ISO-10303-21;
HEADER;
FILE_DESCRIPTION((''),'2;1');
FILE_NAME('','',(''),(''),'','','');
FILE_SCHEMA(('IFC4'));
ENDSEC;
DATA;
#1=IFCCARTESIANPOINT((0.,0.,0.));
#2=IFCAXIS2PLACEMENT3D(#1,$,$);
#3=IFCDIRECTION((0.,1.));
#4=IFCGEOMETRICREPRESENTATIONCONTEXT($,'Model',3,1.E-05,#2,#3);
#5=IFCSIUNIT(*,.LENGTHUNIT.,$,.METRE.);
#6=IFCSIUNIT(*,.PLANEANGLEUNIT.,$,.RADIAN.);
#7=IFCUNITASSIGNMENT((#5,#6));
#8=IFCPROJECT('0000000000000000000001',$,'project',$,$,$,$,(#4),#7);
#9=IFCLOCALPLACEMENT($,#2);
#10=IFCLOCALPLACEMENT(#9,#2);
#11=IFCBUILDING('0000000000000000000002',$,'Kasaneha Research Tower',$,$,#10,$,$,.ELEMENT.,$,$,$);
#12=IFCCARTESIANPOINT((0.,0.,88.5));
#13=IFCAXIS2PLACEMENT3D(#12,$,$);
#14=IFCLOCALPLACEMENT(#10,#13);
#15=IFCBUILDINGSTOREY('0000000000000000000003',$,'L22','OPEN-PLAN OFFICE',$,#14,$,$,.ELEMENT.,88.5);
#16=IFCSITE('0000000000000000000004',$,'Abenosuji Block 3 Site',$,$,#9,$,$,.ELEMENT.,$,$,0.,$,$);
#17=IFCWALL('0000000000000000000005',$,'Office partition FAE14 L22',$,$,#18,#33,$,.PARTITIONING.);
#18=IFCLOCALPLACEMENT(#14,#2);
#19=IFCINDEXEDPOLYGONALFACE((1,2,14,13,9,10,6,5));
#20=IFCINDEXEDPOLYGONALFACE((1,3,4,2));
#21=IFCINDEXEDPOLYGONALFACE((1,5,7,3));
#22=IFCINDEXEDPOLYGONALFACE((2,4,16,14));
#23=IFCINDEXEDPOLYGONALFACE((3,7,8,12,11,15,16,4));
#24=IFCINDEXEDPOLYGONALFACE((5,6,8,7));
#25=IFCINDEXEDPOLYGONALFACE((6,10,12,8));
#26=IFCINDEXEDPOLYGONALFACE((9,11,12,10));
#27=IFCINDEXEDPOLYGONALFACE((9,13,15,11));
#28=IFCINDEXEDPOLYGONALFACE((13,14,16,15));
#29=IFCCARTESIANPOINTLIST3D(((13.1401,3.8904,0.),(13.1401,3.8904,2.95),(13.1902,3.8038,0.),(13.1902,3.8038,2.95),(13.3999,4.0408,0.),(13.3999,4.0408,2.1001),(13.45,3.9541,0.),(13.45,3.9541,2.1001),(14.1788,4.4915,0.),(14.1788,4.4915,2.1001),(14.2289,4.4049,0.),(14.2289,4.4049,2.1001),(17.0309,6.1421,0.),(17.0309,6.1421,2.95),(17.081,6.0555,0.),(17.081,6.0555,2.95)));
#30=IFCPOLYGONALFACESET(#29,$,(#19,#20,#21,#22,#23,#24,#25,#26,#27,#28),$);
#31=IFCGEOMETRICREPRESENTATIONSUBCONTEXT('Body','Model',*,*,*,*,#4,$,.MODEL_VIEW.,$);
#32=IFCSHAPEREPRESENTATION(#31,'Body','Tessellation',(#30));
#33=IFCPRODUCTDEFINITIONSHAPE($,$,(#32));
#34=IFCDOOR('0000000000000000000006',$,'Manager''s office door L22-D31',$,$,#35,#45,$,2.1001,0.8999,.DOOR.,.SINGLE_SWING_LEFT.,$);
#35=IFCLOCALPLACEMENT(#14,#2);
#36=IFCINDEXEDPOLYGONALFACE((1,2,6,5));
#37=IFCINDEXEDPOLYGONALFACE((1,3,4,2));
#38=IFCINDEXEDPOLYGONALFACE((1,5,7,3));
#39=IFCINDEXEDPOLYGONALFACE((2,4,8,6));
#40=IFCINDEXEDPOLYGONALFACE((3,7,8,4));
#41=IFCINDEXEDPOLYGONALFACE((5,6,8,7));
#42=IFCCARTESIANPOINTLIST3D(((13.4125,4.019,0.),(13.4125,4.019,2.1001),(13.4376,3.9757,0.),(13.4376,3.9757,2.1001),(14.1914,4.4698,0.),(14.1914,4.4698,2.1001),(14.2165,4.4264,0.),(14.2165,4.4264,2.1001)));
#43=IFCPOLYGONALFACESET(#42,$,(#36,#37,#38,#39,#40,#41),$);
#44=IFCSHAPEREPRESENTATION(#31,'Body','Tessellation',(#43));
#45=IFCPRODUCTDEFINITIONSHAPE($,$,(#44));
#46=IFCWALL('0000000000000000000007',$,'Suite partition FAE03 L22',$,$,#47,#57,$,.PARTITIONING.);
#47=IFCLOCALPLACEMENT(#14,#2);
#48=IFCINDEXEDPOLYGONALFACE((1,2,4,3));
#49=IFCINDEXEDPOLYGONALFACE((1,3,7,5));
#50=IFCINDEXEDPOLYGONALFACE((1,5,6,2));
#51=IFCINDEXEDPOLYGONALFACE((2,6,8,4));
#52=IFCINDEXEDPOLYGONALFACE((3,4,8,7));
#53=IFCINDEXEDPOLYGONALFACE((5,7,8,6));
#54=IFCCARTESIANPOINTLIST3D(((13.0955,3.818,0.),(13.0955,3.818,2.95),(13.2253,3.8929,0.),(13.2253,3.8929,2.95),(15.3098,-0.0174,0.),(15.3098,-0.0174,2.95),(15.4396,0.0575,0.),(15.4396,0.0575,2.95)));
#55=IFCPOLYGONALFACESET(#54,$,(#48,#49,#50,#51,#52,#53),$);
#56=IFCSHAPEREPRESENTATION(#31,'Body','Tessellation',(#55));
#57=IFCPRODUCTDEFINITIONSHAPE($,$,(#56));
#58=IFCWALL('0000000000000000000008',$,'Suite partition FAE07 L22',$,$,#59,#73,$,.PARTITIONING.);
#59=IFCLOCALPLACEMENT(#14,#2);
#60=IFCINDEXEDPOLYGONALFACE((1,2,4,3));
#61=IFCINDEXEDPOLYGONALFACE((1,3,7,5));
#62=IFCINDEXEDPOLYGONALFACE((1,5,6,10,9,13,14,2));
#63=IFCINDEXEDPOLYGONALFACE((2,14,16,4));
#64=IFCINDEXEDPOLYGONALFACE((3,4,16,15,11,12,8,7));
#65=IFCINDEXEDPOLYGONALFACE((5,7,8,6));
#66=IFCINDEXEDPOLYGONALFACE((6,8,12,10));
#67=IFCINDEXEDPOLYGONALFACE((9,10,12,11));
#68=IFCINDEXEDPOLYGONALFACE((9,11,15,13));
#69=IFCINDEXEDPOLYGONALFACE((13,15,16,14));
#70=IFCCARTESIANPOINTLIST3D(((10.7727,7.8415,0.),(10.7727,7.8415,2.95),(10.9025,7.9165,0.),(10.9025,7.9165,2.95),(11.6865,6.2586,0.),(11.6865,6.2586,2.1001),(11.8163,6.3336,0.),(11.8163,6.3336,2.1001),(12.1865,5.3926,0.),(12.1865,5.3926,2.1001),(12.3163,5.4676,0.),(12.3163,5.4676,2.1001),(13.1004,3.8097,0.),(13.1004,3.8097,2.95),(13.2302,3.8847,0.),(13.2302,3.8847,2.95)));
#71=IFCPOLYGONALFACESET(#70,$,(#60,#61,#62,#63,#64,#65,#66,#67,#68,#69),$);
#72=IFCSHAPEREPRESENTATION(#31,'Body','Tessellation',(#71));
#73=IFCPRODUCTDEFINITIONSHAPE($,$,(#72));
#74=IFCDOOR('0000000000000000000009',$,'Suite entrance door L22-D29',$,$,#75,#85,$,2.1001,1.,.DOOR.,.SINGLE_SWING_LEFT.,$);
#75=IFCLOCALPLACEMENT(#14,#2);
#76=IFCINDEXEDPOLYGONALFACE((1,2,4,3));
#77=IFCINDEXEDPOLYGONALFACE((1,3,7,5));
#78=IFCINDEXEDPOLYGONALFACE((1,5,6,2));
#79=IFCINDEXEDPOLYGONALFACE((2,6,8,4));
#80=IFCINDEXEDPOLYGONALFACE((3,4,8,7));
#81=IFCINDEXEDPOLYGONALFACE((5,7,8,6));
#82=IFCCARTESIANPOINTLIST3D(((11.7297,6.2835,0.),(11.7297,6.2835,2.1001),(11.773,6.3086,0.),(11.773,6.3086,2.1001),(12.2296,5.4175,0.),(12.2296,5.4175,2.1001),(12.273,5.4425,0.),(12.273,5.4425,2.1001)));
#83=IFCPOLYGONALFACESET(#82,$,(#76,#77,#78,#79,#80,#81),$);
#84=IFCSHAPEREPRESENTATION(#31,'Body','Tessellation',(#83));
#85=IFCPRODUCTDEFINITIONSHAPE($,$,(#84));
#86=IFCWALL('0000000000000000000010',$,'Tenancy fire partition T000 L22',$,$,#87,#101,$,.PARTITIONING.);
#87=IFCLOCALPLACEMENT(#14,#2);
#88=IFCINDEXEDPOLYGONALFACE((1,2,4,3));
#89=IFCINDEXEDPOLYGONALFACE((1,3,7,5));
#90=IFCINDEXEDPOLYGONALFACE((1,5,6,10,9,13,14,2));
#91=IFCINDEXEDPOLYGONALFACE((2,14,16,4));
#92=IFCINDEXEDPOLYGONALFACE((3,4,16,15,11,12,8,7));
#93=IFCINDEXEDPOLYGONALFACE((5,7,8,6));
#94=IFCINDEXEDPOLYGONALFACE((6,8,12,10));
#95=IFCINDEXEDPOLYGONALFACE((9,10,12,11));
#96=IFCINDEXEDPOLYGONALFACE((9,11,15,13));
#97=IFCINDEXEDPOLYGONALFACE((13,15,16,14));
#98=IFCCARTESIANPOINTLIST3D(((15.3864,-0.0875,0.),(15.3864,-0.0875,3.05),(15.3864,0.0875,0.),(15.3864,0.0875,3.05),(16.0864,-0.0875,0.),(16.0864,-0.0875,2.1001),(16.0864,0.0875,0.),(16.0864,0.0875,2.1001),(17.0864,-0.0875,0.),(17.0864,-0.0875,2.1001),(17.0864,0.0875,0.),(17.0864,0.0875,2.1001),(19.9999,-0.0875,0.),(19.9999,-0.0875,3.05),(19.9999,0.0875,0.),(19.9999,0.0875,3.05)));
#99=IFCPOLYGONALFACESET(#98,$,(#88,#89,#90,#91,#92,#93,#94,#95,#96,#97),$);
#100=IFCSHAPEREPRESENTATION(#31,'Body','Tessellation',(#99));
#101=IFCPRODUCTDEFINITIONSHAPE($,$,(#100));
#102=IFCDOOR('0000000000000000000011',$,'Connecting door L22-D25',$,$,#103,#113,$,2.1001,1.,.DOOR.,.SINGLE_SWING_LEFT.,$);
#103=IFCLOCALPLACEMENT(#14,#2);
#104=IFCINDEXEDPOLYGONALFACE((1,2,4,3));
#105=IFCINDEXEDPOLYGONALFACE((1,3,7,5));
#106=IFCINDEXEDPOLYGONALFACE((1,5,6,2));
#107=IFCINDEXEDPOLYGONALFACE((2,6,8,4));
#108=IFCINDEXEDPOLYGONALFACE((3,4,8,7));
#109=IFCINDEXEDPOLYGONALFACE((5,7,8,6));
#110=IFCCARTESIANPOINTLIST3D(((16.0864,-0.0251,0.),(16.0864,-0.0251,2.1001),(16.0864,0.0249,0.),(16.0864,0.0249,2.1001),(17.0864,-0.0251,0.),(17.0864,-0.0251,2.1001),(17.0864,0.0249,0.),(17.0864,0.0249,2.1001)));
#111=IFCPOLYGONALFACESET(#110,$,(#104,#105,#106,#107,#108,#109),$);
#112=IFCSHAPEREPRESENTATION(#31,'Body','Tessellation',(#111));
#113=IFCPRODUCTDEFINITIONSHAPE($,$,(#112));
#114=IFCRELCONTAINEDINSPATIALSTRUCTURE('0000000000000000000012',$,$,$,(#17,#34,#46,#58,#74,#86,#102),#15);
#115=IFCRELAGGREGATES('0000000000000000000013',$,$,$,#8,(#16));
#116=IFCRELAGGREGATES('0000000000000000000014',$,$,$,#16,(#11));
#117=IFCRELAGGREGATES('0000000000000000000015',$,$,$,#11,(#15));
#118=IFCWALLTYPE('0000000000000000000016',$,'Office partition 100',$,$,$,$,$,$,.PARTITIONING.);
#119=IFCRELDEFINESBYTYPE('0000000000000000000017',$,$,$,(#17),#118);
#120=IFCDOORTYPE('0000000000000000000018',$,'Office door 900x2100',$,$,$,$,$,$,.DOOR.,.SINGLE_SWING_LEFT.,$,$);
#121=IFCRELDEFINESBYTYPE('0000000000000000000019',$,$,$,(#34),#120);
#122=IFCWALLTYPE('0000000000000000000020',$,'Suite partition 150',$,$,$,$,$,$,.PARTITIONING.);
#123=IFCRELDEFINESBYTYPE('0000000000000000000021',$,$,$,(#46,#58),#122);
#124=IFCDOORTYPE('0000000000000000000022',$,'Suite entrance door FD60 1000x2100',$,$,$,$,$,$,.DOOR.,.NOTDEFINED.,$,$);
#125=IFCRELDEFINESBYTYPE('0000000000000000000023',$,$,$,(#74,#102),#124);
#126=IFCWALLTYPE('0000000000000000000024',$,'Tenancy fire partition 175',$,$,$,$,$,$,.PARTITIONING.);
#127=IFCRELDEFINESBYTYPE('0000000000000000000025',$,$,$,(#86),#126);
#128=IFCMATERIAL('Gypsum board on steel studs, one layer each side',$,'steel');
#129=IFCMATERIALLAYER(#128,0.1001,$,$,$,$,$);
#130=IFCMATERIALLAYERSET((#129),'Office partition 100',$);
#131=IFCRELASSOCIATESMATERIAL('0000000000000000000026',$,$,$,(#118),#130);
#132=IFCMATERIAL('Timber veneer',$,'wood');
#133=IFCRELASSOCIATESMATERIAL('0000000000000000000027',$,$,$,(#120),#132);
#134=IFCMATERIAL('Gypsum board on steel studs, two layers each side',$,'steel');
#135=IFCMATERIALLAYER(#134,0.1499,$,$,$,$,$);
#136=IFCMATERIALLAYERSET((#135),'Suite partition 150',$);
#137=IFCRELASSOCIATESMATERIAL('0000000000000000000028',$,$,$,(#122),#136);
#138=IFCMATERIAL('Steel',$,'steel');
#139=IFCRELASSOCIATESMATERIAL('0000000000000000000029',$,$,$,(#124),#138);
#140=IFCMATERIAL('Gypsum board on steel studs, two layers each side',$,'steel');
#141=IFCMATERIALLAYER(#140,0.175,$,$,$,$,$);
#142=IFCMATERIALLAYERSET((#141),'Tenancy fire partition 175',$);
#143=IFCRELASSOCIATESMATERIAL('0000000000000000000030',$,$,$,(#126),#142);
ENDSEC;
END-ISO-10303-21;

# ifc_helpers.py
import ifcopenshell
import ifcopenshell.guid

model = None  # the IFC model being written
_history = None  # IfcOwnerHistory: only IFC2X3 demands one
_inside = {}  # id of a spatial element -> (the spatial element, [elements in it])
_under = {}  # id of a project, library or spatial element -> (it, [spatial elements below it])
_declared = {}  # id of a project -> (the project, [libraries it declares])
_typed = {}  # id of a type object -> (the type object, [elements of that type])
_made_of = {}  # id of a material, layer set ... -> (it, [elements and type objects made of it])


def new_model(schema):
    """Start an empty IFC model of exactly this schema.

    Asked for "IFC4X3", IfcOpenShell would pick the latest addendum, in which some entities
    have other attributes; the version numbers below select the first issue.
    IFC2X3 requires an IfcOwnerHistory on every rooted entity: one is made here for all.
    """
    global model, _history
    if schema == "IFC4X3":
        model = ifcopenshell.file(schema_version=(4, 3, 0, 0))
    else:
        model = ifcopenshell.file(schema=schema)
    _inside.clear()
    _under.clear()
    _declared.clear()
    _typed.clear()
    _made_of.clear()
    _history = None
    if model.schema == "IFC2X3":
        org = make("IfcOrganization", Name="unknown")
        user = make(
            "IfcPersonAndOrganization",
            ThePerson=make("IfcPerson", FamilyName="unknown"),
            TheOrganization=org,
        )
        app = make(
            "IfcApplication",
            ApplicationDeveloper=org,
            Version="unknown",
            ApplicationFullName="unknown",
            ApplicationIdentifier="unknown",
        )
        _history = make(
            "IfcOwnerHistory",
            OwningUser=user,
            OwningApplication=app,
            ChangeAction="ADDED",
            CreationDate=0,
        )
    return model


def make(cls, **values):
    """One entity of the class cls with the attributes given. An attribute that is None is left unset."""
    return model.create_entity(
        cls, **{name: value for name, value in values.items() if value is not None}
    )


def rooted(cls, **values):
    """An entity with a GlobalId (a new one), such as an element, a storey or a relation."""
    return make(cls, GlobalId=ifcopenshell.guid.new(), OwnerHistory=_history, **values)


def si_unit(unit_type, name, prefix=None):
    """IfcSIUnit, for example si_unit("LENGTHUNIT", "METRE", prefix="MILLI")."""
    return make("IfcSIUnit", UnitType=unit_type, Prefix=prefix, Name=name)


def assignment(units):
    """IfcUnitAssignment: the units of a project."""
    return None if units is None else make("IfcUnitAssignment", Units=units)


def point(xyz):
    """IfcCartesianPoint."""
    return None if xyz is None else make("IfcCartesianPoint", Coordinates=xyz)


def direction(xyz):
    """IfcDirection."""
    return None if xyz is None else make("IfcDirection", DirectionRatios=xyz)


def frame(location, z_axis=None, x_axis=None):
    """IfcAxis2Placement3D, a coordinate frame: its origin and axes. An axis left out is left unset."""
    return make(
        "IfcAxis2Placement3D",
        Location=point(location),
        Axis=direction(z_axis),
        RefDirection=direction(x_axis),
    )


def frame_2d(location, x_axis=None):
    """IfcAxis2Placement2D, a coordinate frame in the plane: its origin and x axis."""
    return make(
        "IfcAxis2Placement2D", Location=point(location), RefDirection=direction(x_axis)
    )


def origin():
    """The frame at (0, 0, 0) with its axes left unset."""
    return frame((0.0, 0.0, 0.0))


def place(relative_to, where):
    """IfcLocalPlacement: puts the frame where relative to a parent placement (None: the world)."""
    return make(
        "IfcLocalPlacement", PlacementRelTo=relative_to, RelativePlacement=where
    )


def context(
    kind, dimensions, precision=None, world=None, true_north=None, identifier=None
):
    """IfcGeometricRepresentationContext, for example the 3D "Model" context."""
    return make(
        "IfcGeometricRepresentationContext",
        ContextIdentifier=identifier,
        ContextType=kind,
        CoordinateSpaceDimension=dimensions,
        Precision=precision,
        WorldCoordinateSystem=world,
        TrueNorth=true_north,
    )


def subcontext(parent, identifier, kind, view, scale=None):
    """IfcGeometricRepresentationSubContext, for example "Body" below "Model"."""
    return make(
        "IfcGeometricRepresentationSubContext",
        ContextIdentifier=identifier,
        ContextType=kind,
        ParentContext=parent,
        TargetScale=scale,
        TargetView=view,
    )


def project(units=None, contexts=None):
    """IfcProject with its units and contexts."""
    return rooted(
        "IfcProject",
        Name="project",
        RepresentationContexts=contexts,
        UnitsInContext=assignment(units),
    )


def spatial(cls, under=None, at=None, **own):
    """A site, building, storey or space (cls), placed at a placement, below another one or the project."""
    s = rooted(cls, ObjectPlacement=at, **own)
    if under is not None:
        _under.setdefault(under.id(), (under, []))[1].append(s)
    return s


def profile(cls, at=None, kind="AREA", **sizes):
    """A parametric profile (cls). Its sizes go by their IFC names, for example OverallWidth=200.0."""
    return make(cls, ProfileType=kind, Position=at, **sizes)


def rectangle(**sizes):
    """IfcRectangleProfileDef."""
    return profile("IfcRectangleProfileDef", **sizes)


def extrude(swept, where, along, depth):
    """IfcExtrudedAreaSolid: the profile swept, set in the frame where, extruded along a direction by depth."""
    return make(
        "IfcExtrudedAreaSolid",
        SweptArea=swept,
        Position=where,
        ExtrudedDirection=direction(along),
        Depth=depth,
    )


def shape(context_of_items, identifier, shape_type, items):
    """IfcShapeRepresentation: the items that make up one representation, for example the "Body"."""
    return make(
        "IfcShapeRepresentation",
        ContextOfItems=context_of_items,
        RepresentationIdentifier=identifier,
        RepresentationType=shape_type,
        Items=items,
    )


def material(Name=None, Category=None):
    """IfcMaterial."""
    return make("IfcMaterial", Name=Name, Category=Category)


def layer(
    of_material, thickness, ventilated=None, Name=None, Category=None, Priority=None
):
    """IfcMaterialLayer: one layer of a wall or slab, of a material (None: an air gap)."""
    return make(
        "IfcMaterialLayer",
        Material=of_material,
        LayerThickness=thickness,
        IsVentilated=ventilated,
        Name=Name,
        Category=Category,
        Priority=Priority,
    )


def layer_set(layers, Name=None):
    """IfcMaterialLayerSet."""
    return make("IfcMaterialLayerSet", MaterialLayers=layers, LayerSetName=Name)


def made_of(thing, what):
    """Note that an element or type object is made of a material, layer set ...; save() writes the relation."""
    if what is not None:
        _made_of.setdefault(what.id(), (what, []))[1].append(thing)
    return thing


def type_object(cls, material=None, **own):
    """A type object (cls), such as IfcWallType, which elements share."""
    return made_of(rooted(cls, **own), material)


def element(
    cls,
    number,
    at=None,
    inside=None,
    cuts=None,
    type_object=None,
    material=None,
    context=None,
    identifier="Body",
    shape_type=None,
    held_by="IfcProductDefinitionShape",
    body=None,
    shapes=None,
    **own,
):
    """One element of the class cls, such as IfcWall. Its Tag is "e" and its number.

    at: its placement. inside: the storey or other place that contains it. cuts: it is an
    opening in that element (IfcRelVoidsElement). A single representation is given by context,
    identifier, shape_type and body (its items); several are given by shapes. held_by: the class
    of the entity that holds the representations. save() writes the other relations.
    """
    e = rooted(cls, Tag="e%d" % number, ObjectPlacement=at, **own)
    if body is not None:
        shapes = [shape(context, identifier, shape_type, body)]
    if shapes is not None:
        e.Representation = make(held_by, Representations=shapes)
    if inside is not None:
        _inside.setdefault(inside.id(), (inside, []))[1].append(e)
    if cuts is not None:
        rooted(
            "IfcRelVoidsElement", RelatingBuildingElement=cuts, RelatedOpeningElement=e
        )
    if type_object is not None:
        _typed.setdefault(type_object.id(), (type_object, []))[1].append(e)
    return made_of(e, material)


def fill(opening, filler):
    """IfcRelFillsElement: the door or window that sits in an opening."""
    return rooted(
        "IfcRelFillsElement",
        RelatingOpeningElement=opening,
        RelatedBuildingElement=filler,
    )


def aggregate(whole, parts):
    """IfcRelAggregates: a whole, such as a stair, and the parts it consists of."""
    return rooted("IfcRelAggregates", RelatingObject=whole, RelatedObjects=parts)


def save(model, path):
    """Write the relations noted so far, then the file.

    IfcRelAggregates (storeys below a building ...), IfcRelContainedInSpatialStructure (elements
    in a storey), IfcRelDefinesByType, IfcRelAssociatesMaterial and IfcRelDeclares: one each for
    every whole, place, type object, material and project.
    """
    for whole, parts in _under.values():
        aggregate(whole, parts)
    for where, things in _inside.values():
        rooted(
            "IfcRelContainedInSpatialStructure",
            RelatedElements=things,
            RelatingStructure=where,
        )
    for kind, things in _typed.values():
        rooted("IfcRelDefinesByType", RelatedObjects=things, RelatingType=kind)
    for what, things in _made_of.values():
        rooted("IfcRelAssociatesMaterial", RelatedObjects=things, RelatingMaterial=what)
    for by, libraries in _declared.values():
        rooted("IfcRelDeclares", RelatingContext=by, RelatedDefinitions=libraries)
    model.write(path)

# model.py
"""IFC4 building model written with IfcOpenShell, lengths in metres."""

from ifc_helpers import new_model, si_unit, direction, frame, frame_2d, origin, place, context, subcontext, project, spatial, rectangle, extrude, material, layer, layer_set, type_object, element, fill, save


model = new_model("IFC4")

# Units and contexts
model_context = context("Model", 3, precision=1e-05, world=origin(), true_north=direction((0.0, 1.0)))
body_context = subcontext(model_context, "Body", "Model", "MODEL_VIEW")
ifc_project = project(units=[si_unit("LENGTHUNIT", "METRE"), si_unit("PLANEANGLEUNIT", "RADIAN")], contexts=[model_context])

# Site, building, storey
site_placement = place(None, origin())
site = spatial("IfcSite", under=ifc_project, at=site_placement, Name="Abenosuji Block 3 Site", CompositionType="ELEMENT", RefElevation=0.0)
building_placement = place(site_placement, origin())
building = spatial("IfcBuilding", under=site, at=building_placement, Name="Kasaneha Research Tower", CompositionType="ELEMENT")
storey_placement = place(building_placement, frame((0.0, 0.0, 88.5)))
storey = spatial("IfcBuildingStorey", under=building, at=storey_placement, Name="L22", Description="OPEN-PLAN OFFICE", CompositionType="ELEMENT", Elevation=88.5)

# Shared definitions
ifc_material_1 = material(Name="Gypsum board on steel studs, one layer each side", Category="steel")
ifc_layer_1 = layer(ifc_material_1, 0.1001)
ifc_layer_set_1 = layer_set([ifc_layer_1], Name="Office partition 100")
wall_type_1 = type_object("IfcWallType", Name="Office partition 100", PredefinedType="PARTITIONING", material=ifc_layer_set_1)

# Wall, opening, door
wall_1_placement = place(storey_placement, frame((13.1653, 3.8472, 0.0), z_axis=(0.0, 0.0, 1.0), x_axis=(0.865513, 0.500886, 0.0)))
wall_1 = element("IfcWall", 1, at=wall_1_placement, inside=storey, type_object=wall_type_1, Name="Office partition FAE14 L22", PredefinedType="PARTITIONING", context=body_context, shape_type="SweptSolid", body=[
    extrude(rectangle(XDim=4.4954, YDim=0.1001, at=frame_2d((2.2476, 0.0))), origin(), (0.0, 0.0, 1.0), 2.95),
])
opening_1_placement = place(wall_1_placement, frame((0.3, 0.0, 0.0)))
opening_1 = element("IfcOpeningElement", 2, at=opening_1_placement, cuts=wall_1, PredefinedType="OPENING", context=body_context, shape_type="SweptSolid", body=[
    extrude(rectangle(XDim=0.8999, YDim=2.1001, at=frame_2d((0.45, 1.05))), frame((0.0, 0.0601, 0.0), z_axis=(0.0, -1.0, 0.0), x_axis=(1.0, 0.0, 0.0)), (0.0, 0.0, 1.0), 0.1201),
])
ifc_material_2 = material(Name="Timber veneer", Category="wood")
door_type_1 = type_object("IfcDoorType", Name="Office door 900x2100", OperationType="SINGLE_SWING_LEFT", PredefinedType="DOOR", material=ifc_material_2)
door_1_placement = place(opening_1_placement, origin())
door_1 = element("IfcDoor", 3, at=door_1_placement, inside=storey, type_object=door_type_1, Name="Manager's office door L22-D31", OperationType="SINGLE_SWING_LEFT", OverallHeight=2.1001, OverallWidth=0.8999, PredefinedType="DOOR", context=body_context, shape_type="SweptSolid", body=[
    extrude(rectangle(XDim=0.8999, YDim=2.1001, at=frame_2d((0.45, 1.05))), frame((0.0, 0.0249, 0.0), z_axis=(0.0, -1.0, 0.0), x_axis=(1.0, 0.0, 0.0)), (0.0, 0.0, 1.0), 0.05),
])
fill(opening_1, door_1)

# Wall
ifc_material_3 = material(Name="Gypsum board on steel studs, two layers each side", Category="steel")
ifc_layer_2 = layer(ifc_material_3, 0.1499)
ifc_layer_set_2 = layer_set([ifc_layer_2], Name="Suite partition 150")
wall_type_2 = type_object("IfcWallType", Name="Suite partition 150", PredefinedType="PARTITIONING", material=ifc_layer_set_2)
wall_2_placement = place(storey_placement, frame((13.1604, 3.8555, 0.0), z_axis=(0.0, 0.0, 1.0), x_axis=(0.499993, -0.86603, 0.0)))
element("IfcWall", 4, at=wall_2_placement, inside=storey, type_object=wall_type_2, Name="Suite partition FAE03 L22", PredefinedType="PARTITIONING", context=body_context, shape_type="SweptSolid", body=[
    extrude(rectangle(XDim=4.4287, YDim=0.1499, at=frame_2d((2.2144, 0.0))), origin(), (0.0, 0.0, 1.0), 2.95),
])

# Walls, openings, doors
wall_3_placement = place(storey_placement, frame((10.8376, 7.8789, 0.0), z_axis=(0.0, 0.0, 1.0), x_axis=(0.499986, -0.866034, 0.0)))
wall_3 = element("IfcWall", 5, at=wall_3_placement, inside=storey, type_object=wall_type_2, Name="Suite partition FAE07 L22", PredefinedType="PARTITIONING", context=body_context, shape_type="SweptSolid", body=[
    extrude(rectangle(XDim=4.6555, YDim=0.1499, at=frame_2d((2.3276, 0.0))), origin(), (0.0, 0.0, 1.0), 2.95),
])
opening_2_placement = place(wall_3_placement, frame((1.8276, 0.0, 0.0)))
opening_2 = element("IfcOpeningElement", 6, at=opening_2_placement, cuts=wall_3, PredefinedType="OPENING", context=body_context, shape_type="SweptSolid", body=[
    extrude(rectangle(XDim=1.0, YDim=2.1001, at=frame_2d((0.5, 1.05))), frame((0.0, 0.085, 0.0), z_axis=(0.0, -1.0, 0.0), x_axis=(1.0, 0.0, 0.0)), (0.0, 0.0, 1.0), 0.1699),
])
ifc_material_4 = material(Name="Steel", Category="steel")
door_type_2 = type_object("IfcDoorType", Name="Suite entrance door FD60 1000x2100", OperationType="NOTDEFINED", PredefinedType="DOOR", material=ifc_material_4)
door_2_placement = place(opening_2_placement, origin())
door_2 = element("IfcDoor", 7, at=door_2_placement, inside=storey, type_object=door_type_2, Name="Suite entrance door L22-D29", OperationType="SINGLE_SWING_LEFT", OverallHeight=2.1001, OverallWidth=1.0, PredefinedType="DOOR", context=body_context, shape_type="SweptSolid", body=[
    extrude(rectangle(XDim=1.0, YDim=2.1001, at=frame_2d((0.5, 1.05))), frame((0.0, 0.0249, 0.0), z_axis=(0.0, -1.0, 0.0), x_axis=(1.0, 0.0, 0.0)), (0.0, 0.0, 1.0), 0.05),
])
fill(opening_2, door_2)
ifc_material_5 = material(Name="Gypsum board on steel studs, two layers each side", Category="steel")
ifc_layer_3 = layer(ifc_material_5, 0.175)
ifc_layer_set_3 = layer_set([ifc_layer_3], Name="Tenancy fire partition 175")
wall_type_3 = type_object("IfcWallType", Name="Tenancy fire partition 175", PredefinedType="PARTITIONING", material=ifc_layer_set_3)
wall_4_placement = place(storey_placement, frame((15.3865, 0.0, 0.0), z_axis=(0.0, 0.0, 1.0), x_axis=(1.0, 0.0, 0.0)))
wall_4 = element("IfcWall", 8, at=wall_4_placement, inside=storey, type_object=wall_type_3, Name="Tenancy fire partition T000 L22", PredefinedType="PARTITIONING", context=body_context, shape_type="SweptSolid", body=[
    extrude(rectangle(XDim=4.6135, YDim=0.175, at=frame_2d((2.3066, 0.0))), origin(), (0.0, 0.0, 1.0), 3.05),
])
opening_3_placement = place(wall_4_placement, frame((0.7, 0.0, 0.0)))
opening_3 = element("IfcOpeningElement", 9, at=opening_3_placement, cuts=wall_4, PredefinedType="OPENING", context=body_context, shape_type="SweptSolid", body=[
    extrude(rectangle(XDim=1.0, YDim=2.1001, at=frame_2d((0.5, 1.05))), frame((0.0, 0.0977, 0.0), z_axis=(0.0, -1.0, 0.0), x_axis=(1.0, 0.0, 0.0)), (0.0, 0.0, 1.0), 0.1951),
])
door_3_placement = place(opening_3_placement, origin())
door_3 = element("IfcDoor", 10, at=door_3_placement, inside=storey, type_object=door_type_2, Name="Connecting door L22-D25", OperationType="SINGLE_SWING_LEFT", OverallHeight=2.1001, OverallWidth=1.0, PredefinedType="DOOR", context=body_context, shape_type="SweptSolid", body=[
    extrude(rectangle(XDim=1.0, YDim=2.1001, at=frame_2d((0.5, 1.05))), frame((0.0, 0.0249, 0.0), z_axis=(0.0, -1.0, 0.0), x_axis=(1.0, 0.0, 0.0)), (0.0, 0.0, 1.0), 0.05),
])
fill(opening_3, door_3)

save(model, "model.ifc")
